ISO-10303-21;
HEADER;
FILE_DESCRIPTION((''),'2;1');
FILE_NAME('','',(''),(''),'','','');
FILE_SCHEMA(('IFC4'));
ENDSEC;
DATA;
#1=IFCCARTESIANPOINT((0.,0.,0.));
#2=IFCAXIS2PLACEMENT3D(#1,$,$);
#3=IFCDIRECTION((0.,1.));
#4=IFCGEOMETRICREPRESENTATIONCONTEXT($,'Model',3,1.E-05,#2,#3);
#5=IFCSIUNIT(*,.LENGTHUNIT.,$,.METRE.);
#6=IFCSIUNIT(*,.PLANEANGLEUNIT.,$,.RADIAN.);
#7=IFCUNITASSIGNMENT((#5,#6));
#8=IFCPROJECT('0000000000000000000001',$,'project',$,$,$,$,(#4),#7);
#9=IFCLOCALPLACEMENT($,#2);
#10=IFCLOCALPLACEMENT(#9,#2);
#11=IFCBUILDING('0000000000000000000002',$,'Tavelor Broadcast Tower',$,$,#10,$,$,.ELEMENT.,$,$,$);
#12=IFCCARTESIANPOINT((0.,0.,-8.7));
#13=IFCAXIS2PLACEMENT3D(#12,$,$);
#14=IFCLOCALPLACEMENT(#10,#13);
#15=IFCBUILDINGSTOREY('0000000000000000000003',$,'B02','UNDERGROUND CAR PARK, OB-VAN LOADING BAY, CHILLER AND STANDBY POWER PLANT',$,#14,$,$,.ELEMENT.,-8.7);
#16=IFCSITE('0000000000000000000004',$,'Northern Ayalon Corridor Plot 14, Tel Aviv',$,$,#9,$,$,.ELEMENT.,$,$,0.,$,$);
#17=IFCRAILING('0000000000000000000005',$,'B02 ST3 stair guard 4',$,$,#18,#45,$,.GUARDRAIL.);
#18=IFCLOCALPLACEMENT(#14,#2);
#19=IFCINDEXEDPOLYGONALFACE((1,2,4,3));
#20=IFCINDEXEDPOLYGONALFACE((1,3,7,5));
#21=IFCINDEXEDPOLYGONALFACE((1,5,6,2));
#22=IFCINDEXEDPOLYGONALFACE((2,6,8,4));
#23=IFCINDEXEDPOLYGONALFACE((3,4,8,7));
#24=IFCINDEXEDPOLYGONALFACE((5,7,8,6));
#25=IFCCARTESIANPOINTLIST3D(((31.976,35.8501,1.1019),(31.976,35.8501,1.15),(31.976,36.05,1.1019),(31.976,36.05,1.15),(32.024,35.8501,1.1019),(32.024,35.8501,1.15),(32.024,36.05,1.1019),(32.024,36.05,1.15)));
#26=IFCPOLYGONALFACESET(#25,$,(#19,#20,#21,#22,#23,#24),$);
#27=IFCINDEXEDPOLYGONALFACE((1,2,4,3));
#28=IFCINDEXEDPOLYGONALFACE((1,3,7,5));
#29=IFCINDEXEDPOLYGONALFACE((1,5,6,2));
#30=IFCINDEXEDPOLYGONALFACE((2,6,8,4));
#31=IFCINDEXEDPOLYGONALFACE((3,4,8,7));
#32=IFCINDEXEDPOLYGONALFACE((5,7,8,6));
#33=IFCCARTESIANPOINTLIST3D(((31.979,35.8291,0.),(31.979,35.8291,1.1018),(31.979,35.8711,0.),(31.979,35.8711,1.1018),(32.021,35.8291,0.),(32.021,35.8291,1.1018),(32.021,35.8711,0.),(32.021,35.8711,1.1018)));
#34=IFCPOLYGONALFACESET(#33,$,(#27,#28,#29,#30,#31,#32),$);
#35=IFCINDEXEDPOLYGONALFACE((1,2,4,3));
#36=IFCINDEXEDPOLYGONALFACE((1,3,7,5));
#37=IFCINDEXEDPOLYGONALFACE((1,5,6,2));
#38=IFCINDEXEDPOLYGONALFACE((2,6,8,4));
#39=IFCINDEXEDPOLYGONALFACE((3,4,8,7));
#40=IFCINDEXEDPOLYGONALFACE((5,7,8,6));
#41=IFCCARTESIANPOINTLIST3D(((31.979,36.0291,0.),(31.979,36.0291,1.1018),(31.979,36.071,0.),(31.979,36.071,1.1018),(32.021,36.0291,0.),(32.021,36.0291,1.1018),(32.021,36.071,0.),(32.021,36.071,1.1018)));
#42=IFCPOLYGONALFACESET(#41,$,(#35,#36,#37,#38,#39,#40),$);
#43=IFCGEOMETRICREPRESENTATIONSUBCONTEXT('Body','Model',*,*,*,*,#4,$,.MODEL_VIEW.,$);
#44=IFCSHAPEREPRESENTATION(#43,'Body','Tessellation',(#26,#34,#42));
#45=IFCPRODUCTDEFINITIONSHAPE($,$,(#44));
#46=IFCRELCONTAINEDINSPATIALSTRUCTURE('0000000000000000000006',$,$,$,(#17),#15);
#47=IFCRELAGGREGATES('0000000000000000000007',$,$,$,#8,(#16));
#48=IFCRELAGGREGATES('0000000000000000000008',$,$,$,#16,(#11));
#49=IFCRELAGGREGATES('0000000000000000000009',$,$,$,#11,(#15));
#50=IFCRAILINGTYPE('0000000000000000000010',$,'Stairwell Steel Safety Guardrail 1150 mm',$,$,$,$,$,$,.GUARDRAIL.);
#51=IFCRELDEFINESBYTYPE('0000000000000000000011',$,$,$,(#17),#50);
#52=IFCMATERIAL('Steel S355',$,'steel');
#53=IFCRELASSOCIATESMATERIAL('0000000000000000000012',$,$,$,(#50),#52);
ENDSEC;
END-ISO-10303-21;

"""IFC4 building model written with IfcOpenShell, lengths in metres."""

from ifc_helpers import new_model, si_unit, direction, frame, origin, origin_2d, place, context, subcontext, project, spatial, rectangle, extrude, material, type_object, element, save


model = new_model("IFC4")

# Units and contexts
model_context = context("Model", 3, precision=1e-05, world=origin(), true_north=direction((0.0, 1.0)))
body_context = subcontext(model_context, "Body", "Model", "MODEL_VIEW")
ifc_project = project(units=[si_unit("LENGTHUNIT", "METRE"), si_unit("PLANEANGLEUNIT", "RADIAN")], contexts=[model_context])

# Site, building, storey
site_placement = place(None, origin())
site = spatial("IfcSite", under=ifc_project, at=site_placement, Name="Northern Ayalon Corridor Plot 14, Tel Aviv", CompositionType="ELEMENT", RefElevation=0.0)
building_placement = place(site_placement, origin())
building = spatial("IfcBuilding", under=site, at=building_placement, Name="Tavelor Broadcast Tower", CompositionType="ELEMENT")
storey_placement = place(building_placement, frame((0.0, 0.0, -8.7)))
storey = spatial("IfcBuildingStorey", under=building, at=storey_placement, Name="B02", Description="UNDERGROUND CAR PARK, OB-VAN LOADING BAY, CHILLER AND STANDBY POWER PLANT", CompositionType="ELEMENT", Elevation=-8.7)

# Shared definitions
ifc_material_1 = material(Name="Steel S355", Category="steel")

# Railing
railing_type_1 = type_object("IfcRailingType", Name="Stairwell Steel Safety Guardrail 1150 mm", PredefinedType="GUARDRAIL", material=ifc_material_1)
railing_1_placement = place(storey_placement, frame((32.0, 35.8501, 0.0)))
element("IfcRailing", 1, at=railing_1_placement, inside=storey, type_object=railing_type_1, Name="B02 ST3 stair guard 4", PredefinedType="GUARDRAIL", context=body_context, shape_type="SweptSolid", body=[
    extrude(rectangle(XDim=0.0481, YDim=0.0481, at=origin_2d()), frame((0.0, 0.0, 1.126), z_axis=(0.0, 1.0, 0.0), x_axis=(-1.0, 0.0, 0.0)), (0.0, 0.0, 1.0), 0.2),
    extrude(rectangle(XDim=0.042, YDim=0.042, at=origin_2d()), origin(), (0.0, 0.0, 1.0), 1.1018),
    extrude(rectangle(XDim=0.042, YDim=0.042, at=origin_2d()), frame((0.0, 0.2, 0.0)), (0.0, 0.0, 1.0), 1.1018),
])

save(model, "model.ifc")
